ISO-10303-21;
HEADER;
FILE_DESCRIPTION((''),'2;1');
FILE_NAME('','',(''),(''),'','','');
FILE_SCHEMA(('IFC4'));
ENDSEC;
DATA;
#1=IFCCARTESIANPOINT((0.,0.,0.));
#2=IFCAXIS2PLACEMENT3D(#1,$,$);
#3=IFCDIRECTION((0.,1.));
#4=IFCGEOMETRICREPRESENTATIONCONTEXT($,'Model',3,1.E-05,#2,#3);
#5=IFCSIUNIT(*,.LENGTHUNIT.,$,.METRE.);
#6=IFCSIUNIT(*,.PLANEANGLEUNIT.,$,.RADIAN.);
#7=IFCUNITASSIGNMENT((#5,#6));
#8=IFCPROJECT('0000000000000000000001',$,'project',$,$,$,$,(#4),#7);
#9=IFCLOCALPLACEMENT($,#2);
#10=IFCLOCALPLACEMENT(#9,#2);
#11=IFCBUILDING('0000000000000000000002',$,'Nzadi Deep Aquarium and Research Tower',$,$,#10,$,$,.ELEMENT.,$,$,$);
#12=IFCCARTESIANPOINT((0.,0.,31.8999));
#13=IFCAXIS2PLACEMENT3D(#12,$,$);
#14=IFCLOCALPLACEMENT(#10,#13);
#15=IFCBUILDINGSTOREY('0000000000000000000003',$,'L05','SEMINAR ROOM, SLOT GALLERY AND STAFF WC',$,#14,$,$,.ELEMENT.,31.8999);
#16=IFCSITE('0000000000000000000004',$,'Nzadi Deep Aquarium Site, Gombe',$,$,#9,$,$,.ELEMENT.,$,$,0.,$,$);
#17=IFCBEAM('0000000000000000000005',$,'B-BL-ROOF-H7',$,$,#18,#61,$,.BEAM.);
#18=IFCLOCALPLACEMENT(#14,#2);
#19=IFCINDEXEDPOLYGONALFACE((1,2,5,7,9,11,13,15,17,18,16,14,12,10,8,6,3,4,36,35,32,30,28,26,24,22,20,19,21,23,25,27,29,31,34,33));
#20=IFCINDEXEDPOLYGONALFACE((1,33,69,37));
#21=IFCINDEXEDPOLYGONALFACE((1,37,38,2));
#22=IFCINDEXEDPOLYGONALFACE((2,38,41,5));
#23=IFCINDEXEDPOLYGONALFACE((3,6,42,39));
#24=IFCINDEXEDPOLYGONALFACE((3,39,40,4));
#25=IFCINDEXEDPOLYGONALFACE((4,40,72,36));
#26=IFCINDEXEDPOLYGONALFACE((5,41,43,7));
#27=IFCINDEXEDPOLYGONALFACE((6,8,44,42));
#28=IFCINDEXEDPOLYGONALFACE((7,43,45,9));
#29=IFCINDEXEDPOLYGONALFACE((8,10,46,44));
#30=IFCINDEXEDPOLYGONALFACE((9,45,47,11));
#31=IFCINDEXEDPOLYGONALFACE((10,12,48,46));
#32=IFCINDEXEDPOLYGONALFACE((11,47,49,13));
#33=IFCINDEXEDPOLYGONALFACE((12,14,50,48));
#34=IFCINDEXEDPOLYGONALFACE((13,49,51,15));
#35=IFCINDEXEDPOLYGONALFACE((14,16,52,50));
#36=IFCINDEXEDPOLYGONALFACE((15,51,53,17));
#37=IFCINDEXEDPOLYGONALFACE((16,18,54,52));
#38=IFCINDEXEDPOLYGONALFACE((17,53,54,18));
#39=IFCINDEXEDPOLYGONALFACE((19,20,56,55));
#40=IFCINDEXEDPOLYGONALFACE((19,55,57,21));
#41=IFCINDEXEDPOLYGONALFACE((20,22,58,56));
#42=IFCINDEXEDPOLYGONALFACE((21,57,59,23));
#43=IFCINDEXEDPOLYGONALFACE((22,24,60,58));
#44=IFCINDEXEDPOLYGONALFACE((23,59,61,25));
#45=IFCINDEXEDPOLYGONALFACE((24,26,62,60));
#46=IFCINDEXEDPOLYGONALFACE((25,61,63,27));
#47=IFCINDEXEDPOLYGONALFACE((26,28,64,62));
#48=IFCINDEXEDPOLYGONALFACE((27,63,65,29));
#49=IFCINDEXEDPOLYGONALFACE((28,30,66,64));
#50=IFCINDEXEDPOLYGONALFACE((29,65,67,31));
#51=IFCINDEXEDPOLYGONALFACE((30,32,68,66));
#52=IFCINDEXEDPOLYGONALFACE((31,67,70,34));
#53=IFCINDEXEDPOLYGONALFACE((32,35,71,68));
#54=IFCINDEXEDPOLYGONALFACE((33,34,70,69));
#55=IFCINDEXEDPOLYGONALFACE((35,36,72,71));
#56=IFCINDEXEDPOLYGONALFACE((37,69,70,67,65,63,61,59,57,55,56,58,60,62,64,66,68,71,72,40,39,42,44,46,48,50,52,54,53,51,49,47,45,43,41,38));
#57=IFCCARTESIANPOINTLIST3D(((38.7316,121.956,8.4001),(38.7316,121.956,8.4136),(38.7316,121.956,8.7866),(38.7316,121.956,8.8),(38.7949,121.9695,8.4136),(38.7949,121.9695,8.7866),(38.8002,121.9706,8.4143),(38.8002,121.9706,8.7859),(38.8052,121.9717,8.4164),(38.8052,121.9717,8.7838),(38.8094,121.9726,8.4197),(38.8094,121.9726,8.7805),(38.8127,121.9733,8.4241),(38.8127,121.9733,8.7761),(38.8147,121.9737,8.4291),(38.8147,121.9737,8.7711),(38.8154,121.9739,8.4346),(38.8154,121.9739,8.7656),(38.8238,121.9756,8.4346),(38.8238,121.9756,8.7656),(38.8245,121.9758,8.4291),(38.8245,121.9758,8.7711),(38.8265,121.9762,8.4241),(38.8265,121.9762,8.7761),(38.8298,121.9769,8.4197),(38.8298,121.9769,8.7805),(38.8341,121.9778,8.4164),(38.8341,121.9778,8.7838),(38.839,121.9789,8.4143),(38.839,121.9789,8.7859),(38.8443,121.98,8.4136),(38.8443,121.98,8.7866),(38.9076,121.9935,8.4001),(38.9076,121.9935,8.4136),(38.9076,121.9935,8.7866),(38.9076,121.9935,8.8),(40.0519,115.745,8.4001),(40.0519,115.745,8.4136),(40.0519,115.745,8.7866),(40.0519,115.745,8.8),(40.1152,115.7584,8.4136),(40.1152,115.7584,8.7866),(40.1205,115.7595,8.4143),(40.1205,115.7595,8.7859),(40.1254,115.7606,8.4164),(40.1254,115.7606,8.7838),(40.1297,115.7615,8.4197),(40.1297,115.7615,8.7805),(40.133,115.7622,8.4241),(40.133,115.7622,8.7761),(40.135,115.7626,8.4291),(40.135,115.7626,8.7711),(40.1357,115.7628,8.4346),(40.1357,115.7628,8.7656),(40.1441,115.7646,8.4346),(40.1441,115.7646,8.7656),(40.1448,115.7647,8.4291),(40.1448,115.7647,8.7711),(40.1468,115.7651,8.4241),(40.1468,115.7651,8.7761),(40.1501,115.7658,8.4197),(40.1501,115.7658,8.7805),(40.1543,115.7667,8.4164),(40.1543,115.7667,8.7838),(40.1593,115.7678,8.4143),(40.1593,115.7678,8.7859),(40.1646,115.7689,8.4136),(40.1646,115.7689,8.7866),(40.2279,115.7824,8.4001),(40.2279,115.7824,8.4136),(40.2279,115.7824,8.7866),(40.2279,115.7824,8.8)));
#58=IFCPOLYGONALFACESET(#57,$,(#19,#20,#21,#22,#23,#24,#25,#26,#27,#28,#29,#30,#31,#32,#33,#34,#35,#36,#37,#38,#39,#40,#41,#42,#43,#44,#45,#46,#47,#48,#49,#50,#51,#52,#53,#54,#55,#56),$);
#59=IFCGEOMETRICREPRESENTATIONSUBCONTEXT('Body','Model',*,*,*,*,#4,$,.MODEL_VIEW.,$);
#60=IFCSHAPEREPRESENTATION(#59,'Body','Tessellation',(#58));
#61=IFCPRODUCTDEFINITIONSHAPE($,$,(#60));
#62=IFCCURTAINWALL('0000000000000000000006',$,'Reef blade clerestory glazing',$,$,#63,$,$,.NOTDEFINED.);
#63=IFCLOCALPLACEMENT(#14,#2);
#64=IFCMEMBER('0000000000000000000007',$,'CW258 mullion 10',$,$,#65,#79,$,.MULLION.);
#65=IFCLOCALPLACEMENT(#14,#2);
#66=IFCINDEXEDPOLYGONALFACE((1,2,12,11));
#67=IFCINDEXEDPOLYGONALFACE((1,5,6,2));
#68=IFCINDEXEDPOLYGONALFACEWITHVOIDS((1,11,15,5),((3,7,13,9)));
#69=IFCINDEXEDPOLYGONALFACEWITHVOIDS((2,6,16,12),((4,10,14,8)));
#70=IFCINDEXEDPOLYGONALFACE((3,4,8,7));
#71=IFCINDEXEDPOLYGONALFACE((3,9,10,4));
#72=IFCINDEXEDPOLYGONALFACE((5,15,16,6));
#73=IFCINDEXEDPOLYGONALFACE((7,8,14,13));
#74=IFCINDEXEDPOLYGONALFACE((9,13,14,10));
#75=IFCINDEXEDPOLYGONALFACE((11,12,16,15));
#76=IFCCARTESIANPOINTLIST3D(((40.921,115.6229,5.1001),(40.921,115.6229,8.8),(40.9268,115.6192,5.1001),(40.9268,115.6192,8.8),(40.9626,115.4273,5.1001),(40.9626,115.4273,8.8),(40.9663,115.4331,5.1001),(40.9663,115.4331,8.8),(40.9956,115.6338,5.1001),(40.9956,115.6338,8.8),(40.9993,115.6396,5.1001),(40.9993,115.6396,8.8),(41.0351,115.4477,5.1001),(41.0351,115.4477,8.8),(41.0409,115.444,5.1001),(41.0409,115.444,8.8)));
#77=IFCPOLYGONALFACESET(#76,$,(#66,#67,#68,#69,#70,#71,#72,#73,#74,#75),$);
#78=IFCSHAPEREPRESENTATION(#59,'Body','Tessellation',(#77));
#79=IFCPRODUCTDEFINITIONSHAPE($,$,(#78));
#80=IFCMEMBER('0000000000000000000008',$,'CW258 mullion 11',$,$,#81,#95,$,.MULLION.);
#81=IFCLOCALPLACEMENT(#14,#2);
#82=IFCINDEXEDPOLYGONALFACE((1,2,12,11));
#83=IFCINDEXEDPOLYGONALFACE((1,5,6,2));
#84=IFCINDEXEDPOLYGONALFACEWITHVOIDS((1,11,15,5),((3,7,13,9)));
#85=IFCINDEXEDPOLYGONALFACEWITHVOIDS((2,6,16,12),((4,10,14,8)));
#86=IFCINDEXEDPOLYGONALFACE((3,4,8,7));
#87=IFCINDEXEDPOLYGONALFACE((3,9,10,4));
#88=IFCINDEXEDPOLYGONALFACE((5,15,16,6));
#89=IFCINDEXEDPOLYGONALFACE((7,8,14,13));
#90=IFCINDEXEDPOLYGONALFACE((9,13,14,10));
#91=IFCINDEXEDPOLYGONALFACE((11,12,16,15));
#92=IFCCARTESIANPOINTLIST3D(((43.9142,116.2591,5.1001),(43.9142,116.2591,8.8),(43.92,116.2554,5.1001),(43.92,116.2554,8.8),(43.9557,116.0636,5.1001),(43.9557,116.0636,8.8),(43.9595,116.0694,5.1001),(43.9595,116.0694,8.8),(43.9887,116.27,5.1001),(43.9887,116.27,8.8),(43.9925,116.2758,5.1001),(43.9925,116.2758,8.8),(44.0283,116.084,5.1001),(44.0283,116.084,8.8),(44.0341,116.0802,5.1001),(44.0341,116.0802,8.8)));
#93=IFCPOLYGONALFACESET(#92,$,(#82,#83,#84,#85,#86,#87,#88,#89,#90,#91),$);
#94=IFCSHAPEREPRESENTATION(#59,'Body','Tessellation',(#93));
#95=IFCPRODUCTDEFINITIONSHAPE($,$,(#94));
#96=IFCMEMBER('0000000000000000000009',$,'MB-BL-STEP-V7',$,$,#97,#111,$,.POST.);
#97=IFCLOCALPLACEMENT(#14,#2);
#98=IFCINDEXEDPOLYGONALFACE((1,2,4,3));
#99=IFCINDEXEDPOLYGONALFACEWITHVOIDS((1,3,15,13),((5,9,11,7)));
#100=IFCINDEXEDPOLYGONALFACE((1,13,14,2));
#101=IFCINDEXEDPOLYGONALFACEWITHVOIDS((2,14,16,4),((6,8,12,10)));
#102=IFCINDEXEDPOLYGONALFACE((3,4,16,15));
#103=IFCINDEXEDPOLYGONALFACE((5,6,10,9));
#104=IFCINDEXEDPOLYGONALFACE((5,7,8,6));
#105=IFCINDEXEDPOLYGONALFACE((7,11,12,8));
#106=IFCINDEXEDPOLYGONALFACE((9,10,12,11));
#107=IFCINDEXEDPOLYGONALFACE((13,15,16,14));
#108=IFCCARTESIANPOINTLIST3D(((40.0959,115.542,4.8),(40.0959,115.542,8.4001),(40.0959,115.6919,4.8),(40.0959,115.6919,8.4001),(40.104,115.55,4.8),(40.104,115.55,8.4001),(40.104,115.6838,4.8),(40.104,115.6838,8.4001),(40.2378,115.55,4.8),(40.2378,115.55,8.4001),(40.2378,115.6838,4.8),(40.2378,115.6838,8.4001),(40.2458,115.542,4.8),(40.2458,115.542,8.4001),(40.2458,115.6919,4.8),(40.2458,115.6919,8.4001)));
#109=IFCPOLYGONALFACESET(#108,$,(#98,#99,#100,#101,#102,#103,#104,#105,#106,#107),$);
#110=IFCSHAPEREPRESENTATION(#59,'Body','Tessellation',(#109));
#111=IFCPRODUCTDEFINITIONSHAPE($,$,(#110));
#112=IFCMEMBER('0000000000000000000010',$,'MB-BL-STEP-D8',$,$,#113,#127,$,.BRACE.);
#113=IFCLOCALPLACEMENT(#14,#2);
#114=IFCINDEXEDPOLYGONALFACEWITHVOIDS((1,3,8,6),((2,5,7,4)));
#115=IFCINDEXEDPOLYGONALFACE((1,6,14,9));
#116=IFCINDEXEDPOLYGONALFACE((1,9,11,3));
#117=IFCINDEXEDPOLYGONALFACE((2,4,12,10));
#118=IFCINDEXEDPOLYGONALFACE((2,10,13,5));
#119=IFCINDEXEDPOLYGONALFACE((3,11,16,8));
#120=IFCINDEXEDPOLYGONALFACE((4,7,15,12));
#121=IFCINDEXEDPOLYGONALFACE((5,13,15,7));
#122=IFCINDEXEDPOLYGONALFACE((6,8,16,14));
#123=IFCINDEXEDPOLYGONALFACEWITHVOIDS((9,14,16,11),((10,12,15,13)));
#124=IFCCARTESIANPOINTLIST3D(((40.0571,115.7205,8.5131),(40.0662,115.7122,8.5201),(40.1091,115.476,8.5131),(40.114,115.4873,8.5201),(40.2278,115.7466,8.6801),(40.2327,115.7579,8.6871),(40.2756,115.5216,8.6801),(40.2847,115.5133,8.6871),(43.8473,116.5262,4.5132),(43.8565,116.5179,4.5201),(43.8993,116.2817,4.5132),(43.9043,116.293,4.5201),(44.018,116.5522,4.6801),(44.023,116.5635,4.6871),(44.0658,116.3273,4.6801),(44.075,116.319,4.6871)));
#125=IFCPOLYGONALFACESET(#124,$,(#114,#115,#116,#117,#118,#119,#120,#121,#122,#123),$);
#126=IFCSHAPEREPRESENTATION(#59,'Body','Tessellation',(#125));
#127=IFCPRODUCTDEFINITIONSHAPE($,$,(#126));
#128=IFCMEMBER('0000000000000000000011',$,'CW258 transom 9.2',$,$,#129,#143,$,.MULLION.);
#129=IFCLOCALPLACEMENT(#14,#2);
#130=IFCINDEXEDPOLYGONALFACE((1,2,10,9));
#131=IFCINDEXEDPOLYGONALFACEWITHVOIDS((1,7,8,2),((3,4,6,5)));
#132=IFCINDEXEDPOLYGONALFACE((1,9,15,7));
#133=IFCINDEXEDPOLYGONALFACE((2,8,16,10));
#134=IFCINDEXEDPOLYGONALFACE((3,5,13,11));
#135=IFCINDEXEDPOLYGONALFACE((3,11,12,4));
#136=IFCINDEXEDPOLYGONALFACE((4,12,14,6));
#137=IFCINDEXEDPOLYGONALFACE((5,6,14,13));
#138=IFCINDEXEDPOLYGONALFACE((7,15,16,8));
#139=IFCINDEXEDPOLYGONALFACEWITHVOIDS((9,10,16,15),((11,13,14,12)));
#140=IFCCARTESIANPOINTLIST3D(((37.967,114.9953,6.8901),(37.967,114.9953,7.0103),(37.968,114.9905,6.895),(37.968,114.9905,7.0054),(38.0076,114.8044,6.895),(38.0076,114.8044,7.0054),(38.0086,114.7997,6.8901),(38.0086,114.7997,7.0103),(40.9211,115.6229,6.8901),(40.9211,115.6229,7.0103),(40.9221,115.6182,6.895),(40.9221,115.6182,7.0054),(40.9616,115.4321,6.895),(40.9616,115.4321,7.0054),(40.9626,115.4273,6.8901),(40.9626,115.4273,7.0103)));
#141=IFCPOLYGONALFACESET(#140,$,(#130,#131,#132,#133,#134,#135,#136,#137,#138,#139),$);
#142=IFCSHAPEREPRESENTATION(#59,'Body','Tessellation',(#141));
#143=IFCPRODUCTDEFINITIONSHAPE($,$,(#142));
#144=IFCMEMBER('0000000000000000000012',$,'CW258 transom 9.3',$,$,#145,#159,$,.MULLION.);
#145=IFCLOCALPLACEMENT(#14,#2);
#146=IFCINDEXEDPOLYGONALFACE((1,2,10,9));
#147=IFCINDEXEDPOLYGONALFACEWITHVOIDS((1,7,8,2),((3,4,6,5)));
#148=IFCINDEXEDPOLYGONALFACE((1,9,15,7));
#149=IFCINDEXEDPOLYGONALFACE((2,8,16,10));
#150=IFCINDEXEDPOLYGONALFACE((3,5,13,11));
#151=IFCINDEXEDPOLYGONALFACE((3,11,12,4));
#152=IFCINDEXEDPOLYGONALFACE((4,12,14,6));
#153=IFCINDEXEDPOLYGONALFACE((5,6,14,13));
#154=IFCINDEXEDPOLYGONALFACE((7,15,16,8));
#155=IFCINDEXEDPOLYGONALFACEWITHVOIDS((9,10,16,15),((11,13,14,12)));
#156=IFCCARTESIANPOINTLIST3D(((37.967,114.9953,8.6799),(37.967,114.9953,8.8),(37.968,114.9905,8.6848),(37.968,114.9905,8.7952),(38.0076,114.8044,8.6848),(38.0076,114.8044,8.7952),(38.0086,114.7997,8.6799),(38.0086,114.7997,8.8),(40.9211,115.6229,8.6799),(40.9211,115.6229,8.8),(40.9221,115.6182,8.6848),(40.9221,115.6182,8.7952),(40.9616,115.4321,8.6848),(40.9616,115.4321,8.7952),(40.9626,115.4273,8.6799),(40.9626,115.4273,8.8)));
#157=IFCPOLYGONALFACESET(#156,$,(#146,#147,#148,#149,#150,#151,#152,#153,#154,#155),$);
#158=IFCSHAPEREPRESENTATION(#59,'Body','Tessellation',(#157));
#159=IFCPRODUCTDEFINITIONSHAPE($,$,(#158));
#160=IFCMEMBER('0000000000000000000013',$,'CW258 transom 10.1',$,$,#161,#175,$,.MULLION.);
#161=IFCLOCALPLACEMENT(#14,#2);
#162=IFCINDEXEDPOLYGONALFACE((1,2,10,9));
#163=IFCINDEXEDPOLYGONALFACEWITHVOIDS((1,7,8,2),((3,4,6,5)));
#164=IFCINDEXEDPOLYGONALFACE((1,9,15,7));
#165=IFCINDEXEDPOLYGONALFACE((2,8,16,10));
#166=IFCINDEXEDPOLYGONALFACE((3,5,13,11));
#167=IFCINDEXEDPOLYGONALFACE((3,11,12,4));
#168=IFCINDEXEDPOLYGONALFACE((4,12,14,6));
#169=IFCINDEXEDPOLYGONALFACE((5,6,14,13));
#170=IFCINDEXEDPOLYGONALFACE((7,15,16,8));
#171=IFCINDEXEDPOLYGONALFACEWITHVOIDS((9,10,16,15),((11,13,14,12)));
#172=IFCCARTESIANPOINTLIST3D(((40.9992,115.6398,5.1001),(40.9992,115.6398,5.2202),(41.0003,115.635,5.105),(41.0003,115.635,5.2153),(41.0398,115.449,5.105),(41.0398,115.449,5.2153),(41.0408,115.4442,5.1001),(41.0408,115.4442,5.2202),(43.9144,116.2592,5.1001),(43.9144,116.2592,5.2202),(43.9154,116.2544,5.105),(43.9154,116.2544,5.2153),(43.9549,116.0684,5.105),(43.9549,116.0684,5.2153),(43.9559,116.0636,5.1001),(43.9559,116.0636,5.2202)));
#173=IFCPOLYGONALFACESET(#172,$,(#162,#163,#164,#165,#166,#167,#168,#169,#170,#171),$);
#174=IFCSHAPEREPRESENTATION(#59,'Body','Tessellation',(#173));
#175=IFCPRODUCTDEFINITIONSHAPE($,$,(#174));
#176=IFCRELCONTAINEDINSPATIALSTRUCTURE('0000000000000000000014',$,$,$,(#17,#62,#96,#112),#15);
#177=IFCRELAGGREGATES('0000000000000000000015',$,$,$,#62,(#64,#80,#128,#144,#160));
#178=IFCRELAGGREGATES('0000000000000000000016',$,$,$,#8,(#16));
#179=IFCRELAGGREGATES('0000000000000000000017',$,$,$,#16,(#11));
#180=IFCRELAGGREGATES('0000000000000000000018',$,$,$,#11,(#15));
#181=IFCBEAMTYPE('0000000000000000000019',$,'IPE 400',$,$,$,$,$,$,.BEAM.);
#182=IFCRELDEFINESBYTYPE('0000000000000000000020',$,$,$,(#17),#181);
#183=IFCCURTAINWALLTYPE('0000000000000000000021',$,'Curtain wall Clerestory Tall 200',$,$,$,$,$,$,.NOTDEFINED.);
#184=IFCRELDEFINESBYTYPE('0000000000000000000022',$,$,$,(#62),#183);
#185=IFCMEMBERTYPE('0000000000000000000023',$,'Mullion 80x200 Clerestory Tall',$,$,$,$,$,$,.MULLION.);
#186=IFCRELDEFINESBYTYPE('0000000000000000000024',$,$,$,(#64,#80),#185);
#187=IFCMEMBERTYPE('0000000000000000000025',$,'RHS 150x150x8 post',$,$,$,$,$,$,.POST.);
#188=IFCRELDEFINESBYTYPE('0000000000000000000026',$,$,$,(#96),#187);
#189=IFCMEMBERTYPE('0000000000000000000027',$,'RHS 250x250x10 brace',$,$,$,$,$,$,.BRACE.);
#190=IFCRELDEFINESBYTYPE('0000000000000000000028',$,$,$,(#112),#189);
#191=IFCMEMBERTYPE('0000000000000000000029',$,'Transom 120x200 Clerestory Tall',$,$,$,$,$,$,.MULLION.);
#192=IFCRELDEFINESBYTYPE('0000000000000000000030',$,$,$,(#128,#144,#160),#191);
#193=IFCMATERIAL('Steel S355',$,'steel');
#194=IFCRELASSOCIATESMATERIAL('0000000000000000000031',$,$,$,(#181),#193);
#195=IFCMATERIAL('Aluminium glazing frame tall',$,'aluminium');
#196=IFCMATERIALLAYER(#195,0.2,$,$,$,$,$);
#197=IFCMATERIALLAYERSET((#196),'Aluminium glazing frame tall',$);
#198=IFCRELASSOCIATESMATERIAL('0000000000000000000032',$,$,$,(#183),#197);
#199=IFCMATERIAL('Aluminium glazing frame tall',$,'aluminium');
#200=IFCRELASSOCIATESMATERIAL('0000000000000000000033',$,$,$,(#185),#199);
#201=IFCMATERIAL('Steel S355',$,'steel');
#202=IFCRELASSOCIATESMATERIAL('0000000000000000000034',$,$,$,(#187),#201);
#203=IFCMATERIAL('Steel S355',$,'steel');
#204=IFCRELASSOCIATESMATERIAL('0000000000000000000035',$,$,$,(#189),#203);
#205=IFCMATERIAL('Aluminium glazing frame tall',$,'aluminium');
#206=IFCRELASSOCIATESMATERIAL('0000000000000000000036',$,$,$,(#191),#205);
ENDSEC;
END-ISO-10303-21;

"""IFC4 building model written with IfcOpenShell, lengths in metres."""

from ifc_helpers import new_model, si_unit, direction, frame, origin, origin_2d, place, context, subcontext, project, spatial, hollow_rectangle, i_section, extrude, material, layer, layer_set, material_profile, profile_set, type_object, element, aggregate, save


model = new_model("IFC4")

# Units and contexts
model_context = context("Model", 3, precision=1e-05, world=origin(), true_north=direction((0.0, 1.0)))
body_context = subcontext(model_context, "Body", "Model", "MODEL_VIEW")
ifc_project = project(units=[si_unit("LENGTHUNIT", "METRE"), si_unit("PLANEANGLEUNIT", "RADIAN")], contexts=[model_context])

# Site, building, storey
site_placement = place(None, origin())
site = spatial("IfcSite", under=ifc_project, at=site_placement, Name="Nzadi Deep Aquarium Site, Gombe", CompositionType="ELEMENT", RefElevation=0.0)
building_placement = place(site_placement, origin())
building = spatial("IfcBuilding", under=site, at=building_placement, Name="Nzadi Deep Aquarium and Research Tower", CompositionType="ELEMENT")
storey_placement = place(building_placement, frame((0.0, 0.0, 31.8999)))
storey = spatial("IfcBuildingStorey", under=building, at=storey_placement, Name="L05", Description="SEMINAR ROOM, SLOT GALLERY AND STAFF WC", CompositionType="ELEMENT", Elevation=31.8999)

# Beam
ifc_material_1 = material(Name="Steel S355", Category="steel")
ifc_material_profile_1 = material_profile(ifc_material_1, i_section(OverallWidth=0.1799, OverallDepth=0.3999, WebThickness=0.0085, FlangeThickness=0.0134, FilletRadius=0.021, at=origin_2d()))
ifc_profile_set_1 = profile_set([ifc_material_profile_1], Name="Steel S355")
beam_type = type_object("IfcBeamType", Name="IPE 400", PredefinedType="BEAM", material=ifc_profile_set_1)
beam_placement = place(storey_placement, frame((40.1399, 115.7637, 8.6001), z_axis=(-0.207925, 0.978145, 0.0), x_axis=(-0.978145, -0.207925, 0.0)))
element("IfcBeam", 1, at=beam_placement, inside=storey, type_object=beam_type, Name="B-BL-ROOF-H7", PredefinedType="BEAM", context=body_context, shape_type="SweptSolid", body=[
    extrude(i_section(OverallWidth=0.1799, OverallDepth=0.3999, WebThickness=0.0085, FlangeThickness=0.0134, FilletRadius=0.021, at=origin_2d()), origin(), (0.0, 0.0, 1.0), 6.3499),
])

# Curtain wall, members
ifc_material_2 = material(Name="Aluminium glazing frame tall", Category="aluminium")
ifc_layer_1 = layer(ifc_material_2, 0.2)
ifc_layer_set_1 = layer_set([ifc_layer_1], Name="Aluminium glazing frame tall")
curtain_wall_type = type_object("IfcCurtainWallType", Name="Curtain wall Clerestory Tall 200", PredefinedType="NOTDEFINED", material=ifc_layer_set_1)
curtain_wall_placement = place(storey_placement, origin())
curtain_wall = element("IfcCurtainWall", 2, at=curtain_wall_placement, inside=storey, type_object=curtain_wall_type, Name="Reef blade clerestory glazing", PredefinedType="NOTDEFINED")
ifc_material_3 = material(Name="Aluminium glazing frame tall", Category="aluminium")
ifc_material_profile_2 = material_profile(ifc_material_3, hollow_rectangle(XDim=0.2, YDim=0.0801, WallThickness=0.0049, at=origin_2d()))
ifc_profile_set_2 = profile_set([ifc_material_profile_2], Name="Aluminium glazing frame tall")
member_type_1 = type_object("IfcMemberType", Name="Mullion 80x200 Clerestory Tall", PredefinedType="MULLION", material=ifc_profile_set_2)
member_1_placement = place(storey_placement, frame((40.981, 115.5334, 5.1001), z_axis=(0.0, 0.0, 1.0), x_axis=(-0.207912, 0.978148, 0.0)))
member_1 = element("IfcMember", 3, at=member_1_placement, type_object=member_type_1, Name="CW258 mullion 10", PredefinedType="MULLION", context=body_context, shape_type="SweptSolid", body=[
    extrude(hollow_rectangle(XDim=0.2, YDim=0.0801, WallThickness=0.0049, at=origin_2d()), origin(), (0.0, 0.0, 1.0), 3.7),
])
member_2_placement = place(storey_placement, frame((43.9741, 116.1697, 5.1001), z_axis=(0.0, 0.0, 1.0), x_axis=(-0.207912, 0.978148, 0.0)))
member_2 = element("IfcMember", 4, at=member_2_placement, type_object=member_type_1, Name="CW258 mullion 11", PredefinedType="MULLION", context=body_context, shape_type="SweptSolid", body=[
    extrude(hollow_rectangle(XDim=0.2, YDim=0.0801, WallThickness=0.0049, at=origin_2d()), origin(), (0.0, 0.0, 1.0), 3.7),
])

# Members
ifc_material_4 = material(Name="Steel S355", Category="steel")
ifc_material_profile_3 = material_profile(ifc_material_4, hollow_rectangle(XDim=0.1499, YDim=0.1499, WallThickness=0.0081, at=origin_2d()))
ifc_profile_set_3 = profile_set([ifc_material_profile_3], Name="Steel S355")
member_type_2 = type_object("IfcMemberType", Name="RHS 150x150x8 post", PredefinedType="POST", material=ifc_profile_set_3)
member_3_placement = place(storey_placement, frame((40.1709, 115.6169, 4.8), z_axis=(0.0, 0.0, 1.0), x_axis=(1.0, 0.0, 0.0)))
element("IfcMember", 5, at=member_3_placement, inside=storey, type_object=member_type_2, Name="MB-BL-STEP-V7", PredefinedType="POST", context=body_context, shape_type="SweptSolid", body=[
    extrude(hollow_rectangle(XDim=0.1499, YDim=0.1499, WallThickness=0.0081, at=origin_2d()), origin(), (0.0, 0.0, 1.0), 3.6001),
])
ifc_material_5 = material(Name="Steel S355", Category="steel")
ifc_material_profile_4 = material_profile(ifc_material_5, hollow_rectangle(XDim=0.25, YDim=0.25, WallThickness=0.01, at=origin_2d()))
ifc_profile_set_4 = profile_set([ifc_material_profile_4], Name="Steel S355")
member_type_3 = type_object("IfcMemberType", Name="RHS 250x250x10 brace", PredefinedType="BRACE", material=ifc_profile_set_4)
member_4_placement = place(storey_placement, frame((40.1709, 115.6169, 8.6001), z_axis=(0.680587, 0.144666, -0.718244), x_axis=(-0.207915, 0.978147, 0.0)))
element("IfcMember", 6, at=member_4_placement, inside=storey, type_object=member_type_3, Name="MB-BL-STEP-D8", PredefinedType="BRACE", context=body_context, shape_type="SweptSolid", body=[
    extrude(hollow_rectangle(XDim=0.25, YDim=0.25, WallThickness=0.01, at=origin_2d()), origin(), (0.0, 0.0, 1.0), 5.5691),
])

# Members
ifc_material_6 = material(Name="Aluminium glazing frame tall", Category="aluminium")
ifc_material_profile_5 = material_profile(ifc_material_6, hollow_rectangle(XDim=0.2, YDim=0.1201, WallThickness=0.0049, at=origin_2d()))
ifc_profile_set_5 = profile_set([ifc_material_profile_5], Name="Aluminium glazing frame tall")
member_type_4 = type_object("IfcMemberType", Name="Transom 120x200 Clerestory Tall", PredefinedType="MULLION", material=ifc_profile_set_5)
member_5_placement = place(storey_placement, frame((37.9878, 114.8975, 6.9502), z_axis=(0.978163, 0.207839, 0.0), x_axis=(-0.207839, 0.978163, 0.0)))
member_5 = element("IfcMember", 7, at=member_5_placement, type_object=member_type_4, Name="CW258 transom 9.2", PredefinedType="MULLION", context=body_context, shape_type="SweptSolid", body=[
    extrude(hollow_rectangle(XDim=0.2, YDim=0.1201, WallThickness=0.0049, at=origin_2d()), origin(), (0.0, 0.0, 1.0), 3.02),
])
member_6_placement = place(storey_placement, frame((37.9878, 114.8975, 8.74), z_axis=(0.978163, 0.207839, 0.0), x_axis=(-0.207839, 0.978163, 0.0)))
member_6 = element("IfcMember", 8, at=member_6_placement, type_object=member_type_4, Name="CW258 transom 9.3", PredefinedType="MULLION", context=body_context, shape_type="SweptSolid", body=[
    extrude(hollow_rectangle(XDim=0.2, YDim=0.1201, WallThickness=0.0049, at=origin_2d()), origin(), (0.0, 0.0, 1.0), 3.02),
])
member_7_placement = place(storey_placement, frame((41.02, 115.542, 5.1602), z_axis=(0.978163, 0.207839, 0.0), x_axis=(-0.207839, 0.978163, 0.0)))
member_7 = element("IfcMember", 9, at=member_7_placement, type_object=member_type_4, Name="CW258 transom 10.1", PredefinedType="MULLION", context=body_context, shape_type="SweptSolid", body=[
    extrude(hollow_rectangle(XDim=0.2, YDim=0.1201, WallThickness=0.0049, at=origin_2d()), origin(), (0.0, 0.0, 1.0), 2.9802),
])

aggregate(curtain_wall, [member_1, member_2, member_5, member_6, member_7])

save(model, "model.ifc")
